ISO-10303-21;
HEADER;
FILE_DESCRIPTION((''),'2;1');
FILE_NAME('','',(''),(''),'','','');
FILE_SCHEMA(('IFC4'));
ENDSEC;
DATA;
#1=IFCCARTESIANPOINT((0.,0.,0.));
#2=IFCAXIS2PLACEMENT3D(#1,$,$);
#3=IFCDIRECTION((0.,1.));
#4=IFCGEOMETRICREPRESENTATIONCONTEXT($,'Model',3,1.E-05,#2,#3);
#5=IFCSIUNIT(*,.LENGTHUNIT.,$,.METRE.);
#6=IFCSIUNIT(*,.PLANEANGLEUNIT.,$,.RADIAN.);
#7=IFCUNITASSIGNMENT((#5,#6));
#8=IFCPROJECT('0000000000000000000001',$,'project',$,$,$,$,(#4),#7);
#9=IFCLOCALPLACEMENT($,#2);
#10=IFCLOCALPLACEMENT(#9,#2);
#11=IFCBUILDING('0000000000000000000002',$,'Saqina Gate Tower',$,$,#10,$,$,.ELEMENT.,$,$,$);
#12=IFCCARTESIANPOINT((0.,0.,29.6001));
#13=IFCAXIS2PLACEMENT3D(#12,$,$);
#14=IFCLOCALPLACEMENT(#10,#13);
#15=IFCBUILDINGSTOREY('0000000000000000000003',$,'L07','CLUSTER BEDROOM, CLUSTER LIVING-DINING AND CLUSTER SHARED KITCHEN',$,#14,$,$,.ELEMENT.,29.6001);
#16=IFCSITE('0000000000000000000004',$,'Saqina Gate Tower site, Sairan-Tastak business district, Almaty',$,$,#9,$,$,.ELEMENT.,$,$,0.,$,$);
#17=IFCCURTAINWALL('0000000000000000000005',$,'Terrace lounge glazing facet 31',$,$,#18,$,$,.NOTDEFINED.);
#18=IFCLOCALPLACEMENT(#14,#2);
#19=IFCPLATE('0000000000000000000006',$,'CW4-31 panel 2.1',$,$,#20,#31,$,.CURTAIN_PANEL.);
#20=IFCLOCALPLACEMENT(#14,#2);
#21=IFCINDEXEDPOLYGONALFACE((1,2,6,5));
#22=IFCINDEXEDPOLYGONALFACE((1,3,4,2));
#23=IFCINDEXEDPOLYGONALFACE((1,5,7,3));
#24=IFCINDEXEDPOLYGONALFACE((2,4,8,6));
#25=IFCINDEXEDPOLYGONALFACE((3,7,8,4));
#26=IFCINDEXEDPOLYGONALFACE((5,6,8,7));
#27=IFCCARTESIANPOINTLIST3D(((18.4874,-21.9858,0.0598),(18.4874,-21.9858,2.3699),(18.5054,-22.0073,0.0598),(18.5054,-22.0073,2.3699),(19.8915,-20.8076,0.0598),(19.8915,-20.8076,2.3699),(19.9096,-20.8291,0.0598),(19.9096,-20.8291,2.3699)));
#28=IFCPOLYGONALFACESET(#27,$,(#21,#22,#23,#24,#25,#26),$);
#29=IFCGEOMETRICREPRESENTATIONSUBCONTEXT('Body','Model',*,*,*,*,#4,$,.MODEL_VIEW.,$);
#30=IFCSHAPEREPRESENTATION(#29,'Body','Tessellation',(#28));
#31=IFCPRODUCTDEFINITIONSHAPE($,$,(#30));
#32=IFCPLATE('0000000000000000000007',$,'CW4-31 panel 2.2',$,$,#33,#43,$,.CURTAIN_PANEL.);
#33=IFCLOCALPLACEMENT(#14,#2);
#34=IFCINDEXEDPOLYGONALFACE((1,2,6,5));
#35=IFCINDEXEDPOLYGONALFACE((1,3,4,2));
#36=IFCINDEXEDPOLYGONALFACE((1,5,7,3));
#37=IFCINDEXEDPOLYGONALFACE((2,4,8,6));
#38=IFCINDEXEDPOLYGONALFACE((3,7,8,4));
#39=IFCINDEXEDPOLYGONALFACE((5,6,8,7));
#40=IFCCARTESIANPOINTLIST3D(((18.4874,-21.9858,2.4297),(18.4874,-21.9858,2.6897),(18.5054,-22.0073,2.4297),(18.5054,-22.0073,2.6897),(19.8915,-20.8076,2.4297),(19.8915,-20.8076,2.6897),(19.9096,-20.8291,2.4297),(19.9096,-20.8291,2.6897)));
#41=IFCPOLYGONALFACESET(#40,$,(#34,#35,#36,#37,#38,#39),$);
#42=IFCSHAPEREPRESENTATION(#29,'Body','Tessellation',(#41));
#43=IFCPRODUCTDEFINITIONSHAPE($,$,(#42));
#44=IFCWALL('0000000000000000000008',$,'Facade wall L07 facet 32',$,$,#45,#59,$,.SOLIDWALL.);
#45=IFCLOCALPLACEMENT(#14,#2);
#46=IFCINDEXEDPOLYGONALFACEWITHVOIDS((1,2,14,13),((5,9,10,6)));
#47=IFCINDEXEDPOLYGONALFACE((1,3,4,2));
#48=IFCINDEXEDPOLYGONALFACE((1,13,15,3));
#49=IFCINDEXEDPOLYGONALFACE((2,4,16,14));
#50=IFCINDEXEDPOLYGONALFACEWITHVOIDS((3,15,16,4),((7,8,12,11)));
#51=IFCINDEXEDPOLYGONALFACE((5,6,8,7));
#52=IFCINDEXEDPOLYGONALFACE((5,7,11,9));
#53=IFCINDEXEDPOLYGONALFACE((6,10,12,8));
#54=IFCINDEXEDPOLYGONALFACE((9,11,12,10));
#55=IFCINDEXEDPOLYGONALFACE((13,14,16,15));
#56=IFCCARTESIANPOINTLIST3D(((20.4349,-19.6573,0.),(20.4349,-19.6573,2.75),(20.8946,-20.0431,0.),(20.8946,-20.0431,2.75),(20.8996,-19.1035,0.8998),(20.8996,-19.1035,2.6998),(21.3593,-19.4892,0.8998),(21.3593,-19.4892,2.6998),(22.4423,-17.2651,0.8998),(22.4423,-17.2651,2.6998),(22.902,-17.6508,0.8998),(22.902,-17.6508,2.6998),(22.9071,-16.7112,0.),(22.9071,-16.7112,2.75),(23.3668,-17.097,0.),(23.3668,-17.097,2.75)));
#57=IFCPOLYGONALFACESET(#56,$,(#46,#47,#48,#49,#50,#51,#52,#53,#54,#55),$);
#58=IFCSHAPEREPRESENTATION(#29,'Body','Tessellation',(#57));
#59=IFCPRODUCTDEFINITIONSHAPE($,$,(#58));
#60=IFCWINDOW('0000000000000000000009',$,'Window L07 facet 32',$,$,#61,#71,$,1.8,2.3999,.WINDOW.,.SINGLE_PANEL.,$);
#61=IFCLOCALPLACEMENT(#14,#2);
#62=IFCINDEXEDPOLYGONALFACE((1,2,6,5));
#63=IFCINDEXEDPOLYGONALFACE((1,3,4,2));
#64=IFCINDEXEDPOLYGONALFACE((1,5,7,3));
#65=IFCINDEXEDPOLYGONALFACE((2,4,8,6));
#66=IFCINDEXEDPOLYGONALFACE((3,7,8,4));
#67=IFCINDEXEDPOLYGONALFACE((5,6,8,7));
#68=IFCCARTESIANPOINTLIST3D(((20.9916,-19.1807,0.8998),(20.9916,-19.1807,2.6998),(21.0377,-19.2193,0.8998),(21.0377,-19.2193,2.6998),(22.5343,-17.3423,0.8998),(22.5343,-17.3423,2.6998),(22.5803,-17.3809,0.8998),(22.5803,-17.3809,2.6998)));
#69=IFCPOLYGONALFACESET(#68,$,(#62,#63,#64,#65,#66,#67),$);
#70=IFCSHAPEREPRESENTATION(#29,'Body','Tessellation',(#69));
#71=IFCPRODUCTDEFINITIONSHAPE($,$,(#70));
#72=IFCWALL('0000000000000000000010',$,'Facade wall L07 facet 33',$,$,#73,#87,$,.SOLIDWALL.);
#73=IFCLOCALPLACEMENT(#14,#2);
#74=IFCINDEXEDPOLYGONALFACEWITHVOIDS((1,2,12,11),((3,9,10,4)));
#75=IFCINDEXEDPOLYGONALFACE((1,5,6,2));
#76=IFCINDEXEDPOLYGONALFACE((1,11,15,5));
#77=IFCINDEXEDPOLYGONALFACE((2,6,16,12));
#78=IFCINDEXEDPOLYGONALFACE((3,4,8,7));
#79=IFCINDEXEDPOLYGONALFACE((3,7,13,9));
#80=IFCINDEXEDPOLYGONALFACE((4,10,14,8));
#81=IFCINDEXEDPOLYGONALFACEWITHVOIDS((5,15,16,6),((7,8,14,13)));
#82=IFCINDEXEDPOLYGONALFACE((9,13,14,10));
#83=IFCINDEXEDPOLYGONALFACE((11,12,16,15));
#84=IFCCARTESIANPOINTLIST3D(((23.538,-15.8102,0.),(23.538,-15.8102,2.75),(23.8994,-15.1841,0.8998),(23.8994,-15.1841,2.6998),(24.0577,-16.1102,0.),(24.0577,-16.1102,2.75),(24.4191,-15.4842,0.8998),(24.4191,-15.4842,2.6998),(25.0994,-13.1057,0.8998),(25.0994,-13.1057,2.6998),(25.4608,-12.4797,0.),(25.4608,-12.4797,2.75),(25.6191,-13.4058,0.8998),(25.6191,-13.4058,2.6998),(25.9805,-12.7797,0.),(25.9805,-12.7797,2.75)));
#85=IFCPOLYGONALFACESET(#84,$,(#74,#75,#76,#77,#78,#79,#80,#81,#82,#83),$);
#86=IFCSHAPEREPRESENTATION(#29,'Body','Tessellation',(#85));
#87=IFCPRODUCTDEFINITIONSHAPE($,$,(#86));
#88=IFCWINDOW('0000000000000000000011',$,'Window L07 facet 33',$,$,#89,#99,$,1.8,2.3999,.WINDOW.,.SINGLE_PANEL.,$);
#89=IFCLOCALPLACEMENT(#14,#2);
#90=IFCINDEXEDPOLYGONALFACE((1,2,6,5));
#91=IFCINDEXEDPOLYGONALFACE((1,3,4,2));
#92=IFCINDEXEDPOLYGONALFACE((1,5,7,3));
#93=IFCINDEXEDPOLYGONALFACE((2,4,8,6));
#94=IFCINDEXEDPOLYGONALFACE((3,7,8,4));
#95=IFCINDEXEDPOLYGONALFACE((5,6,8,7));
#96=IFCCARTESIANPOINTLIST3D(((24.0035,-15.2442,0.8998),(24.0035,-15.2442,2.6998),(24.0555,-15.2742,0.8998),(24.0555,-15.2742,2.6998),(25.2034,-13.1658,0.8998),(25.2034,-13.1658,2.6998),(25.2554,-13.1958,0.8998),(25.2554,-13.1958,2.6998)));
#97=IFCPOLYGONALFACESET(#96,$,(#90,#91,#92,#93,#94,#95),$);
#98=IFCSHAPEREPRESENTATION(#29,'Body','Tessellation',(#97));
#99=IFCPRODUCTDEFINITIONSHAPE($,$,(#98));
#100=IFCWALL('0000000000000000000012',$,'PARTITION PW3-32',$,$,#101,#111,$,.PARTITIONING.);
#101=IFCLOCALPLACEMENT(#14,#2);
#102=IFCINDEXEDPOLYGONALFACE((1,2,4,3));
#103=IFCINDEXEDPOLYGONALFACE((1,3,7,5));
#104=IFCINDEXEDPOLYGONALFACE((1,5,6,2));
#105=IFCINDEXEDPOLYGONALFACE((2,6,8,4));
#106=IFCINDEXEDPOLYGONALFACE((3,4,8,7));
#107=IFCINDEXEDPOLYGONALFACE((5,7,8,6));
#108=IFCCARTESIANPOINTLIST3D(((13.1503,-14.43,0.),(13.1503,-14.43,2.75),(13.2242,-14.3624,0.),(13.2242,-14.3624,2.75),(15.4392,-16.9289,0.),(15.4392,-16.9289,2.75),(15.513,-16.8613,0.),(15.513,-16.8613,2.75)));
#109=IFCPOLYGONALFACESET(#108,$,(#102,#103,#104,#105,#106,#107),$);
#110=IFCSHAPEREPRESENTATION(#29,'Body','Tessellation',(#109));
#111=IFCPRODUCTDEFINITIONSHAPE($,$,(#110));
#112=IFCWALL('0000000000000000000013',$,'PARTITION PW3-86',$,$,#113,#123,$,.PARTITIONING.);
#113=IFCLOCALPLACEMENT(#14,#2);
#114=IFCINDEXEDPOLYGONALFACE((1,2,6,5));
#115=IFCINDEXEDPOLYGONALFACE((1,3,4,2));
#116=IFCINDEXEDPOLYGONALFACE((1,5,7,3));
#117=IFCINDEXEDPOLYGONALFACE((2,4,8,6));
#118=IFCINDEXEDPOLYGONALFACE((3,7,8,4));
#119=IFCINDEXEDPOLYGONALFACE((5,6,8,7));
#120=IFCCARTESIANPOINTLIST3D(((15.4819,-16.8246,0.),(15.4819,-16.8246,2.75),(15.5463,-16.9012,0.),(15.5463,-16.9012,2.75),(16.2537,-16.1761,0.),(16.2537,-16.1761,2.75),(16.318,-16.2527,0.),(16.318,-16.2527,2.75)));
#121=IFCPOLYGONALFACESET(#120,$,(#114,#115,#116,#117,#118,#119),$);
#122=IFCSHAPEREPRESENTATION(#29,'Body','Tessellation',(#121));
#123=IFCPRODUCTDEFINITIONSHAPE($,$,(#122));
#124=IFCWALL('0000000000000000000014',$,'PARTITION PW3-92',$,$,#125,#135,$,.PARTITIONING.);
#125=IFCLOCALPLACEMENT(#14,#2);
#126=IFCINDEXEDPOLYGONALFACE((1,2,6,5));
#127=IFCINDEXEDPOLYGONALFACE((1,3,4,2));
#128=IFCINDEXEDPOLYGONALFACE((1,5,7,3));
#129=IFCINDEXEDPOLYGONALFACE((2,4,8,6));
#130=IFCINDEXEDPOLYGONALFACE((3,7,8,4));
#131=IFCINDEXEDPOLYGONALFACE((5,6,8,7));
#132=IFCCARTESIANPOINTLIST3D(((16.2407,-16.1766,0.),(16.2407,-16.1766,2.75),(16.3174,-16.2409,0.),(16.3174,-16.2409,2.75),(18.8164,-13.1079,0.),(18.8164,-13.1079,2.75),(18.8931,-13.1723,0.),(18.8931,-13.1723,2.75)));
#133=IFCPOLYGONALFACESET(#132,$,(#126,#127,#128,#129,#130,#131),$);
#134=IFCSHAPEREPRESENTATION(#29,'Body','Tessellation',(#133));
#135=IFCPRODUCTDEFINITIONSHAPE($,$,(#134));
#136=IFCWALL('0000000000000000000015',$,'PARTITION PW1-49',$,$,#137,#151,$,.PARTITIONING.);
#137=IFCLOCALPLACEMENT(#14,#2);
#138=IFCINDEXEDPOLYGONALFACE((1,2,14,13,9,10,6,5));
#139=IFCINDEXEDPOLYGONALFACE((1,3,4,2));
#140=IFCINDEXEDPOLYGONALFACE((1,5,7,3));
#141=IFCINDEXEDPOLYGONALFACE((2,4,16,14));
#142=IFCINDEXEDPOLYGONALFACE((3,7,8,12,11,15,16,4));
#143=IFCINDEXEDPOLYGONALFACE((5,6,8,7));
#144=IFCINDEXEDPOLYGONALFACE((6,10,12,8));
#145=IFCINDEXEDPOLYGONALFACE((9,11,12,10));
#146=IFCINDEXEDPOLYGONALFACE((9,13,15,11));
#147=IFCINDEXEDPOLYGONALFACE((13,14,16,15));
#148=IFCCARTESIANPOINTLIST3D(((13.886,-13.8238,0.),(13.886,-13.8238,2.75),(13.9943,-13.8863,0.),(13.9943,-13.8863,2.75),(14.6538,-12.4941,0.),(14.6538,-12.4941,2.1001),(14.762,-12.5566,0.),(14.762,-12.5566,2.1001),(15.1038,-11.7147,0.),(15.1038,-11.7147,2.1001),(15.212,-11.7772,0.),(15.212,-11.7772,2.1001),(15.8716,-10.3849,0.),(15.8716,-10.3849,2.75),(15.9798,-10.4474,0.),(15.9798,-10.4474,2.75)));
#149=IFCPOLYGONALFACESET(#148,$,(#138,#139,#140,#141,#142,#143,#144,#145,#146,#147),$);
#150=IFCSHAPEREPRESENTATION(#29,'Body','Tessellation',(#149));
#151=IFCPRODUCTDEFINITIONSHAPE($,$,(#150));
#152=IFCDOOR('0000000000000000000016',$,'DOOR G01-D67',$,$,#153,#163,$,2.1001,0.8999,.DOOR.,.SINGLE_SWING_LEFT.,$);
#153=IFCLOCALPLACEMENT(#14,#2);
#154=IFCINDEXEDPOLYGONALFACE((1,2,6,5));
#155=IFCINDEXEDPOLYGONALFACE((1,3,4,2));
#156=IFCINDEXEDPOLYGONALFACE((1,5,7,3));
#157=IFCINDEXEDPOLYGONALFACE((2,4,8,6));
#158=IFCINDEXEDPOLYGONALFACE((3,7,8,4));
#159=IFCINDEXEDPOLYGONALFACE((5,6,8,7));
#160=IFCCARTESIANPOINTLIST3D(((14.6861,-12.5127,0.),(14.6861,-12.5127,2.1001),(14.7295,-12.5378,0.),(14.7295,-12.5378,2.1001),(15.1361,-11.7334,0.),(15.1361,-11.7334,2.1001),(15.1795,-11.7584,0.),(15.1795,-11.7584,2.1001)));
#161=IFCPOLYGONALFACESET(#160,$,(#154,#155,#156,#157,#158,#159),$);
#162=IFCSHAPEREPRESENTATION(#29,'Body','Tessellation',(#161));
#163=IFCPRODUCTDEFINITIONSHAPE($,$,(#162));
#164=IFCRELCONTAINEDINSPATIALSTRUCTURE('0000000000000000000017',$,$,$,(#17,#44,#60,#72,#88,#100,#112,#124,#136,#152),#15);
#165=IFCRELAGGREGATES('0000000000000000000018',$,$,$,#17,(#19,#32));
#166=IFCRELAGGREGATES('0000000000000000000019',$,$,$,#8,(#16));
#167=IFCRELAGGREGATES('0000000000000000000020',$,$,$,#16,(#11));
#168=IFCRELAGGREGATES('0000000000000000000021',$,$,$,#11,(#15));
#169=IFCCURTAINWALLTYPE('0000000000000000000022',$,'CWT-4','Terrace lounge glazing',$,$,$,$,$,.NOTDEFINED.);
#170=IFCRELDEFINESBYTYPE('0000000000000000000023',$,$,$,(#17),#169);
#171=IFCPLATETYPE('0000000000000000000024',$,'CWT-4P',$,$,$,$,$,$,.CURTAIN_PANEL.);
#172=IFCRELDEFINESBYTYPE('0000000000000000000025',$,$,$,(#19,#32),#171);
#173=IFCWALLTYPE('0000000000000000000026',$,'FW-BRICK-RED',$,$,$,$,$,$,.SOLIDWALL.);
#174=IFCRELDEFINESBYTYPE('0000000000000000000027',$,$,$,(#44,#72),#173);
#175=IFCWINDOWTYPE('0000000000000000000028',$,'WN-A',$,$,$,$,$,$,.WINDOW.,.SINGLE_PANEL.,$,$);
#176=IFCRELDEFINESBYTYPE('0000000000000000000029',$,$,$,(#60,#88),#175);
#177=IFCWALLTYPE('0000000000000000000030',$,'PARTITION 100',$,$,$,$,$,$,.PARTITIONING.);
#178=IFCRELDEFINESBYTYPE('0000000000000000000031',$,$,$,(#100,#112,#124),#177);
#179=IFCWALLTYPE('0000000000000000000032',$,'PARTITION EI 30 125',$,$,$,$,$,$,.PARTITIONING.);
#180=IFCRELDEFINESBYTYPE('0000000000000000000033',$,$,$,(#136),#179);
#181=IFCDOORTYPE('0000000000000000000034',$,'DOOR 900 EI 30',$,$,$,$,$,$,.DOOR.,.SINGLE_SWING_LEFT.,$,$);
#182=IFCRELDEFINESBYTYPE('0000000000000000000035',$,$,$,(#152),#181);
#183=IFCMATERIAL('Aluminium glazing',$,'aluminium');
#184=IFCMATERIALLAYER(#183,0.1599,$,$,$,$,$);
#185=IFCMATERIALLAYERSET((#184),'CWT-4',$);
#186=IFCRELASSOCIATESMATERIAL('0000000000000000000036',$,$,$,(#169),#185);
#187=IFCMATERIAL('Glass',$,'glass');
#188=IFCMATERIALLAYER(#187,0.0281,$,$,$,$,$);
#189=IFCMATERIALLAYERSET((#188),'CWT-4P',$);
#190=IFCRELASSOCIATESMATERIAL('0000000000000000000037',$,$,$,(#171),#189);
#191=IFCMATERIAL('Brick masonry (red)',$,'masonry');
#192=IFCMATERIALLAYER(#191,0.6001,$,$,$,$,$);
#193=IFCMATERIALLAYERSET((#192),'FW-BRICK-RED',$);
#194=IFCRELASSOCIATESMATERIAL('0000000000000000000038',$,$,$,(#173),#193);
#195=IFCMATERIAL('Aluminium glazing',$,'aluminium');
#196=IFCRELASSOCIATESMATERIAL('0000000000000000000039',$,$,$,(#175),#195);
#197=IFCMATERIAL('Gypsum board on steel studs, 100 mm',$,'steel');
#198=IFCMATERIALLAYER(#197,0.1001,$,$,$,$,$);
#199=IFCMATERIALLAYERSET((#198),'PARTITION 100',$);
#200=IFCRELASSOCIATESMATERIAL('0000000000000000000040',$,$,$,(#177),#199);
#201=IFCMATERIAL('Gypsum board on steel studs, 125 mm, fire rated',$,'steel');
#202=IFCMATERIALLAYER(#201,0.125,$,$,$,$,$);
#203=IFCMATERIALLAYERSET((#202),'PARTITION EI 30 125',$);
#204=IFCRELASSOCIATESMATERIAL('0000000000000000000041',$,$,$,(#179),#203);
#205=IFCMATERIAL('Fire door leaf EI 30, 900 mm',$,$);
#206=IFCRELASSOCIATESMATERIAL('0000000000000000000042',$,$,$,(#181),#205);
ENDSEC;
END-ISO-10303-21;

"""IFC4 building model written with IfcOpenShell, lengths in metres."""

from ifc_helpers import new_model, si_unit, direction, frame, frame_2d, origin, origin_2d, place, context, subcontext, project, spatial, rectangle, extrude, material, layer, layer_set, type_object, element, fill, aggregate, save


model = new_model("IFC4")

# Units and contexts
model_context = context("Model", 3, precision=1e-05, world=origin(), true_north=direction((0.0, 1.0)))
body_context = subcontext(model_context, "Body", "Model", "MODEL_VIEW")
ifc_project = project(units=[si_unit("LENGTHUNIT", "METRE"), si_unit("PLANEANGLEUNIT", "RADIAN")], contexts=[model_context])

# Site, building, storey
site_placement = place(None, origin())
site = spatial("IfcSite", under=ifc_project, at=site_placement, Name="Saqina Gate Tower site, Sairan-Tastak business district, Almaty", CompositionType="ELEMENT", RefElevation=0.0)
building_placement = place(site_placement, origin())
building = spatial("IfcBuilding", under=site, at=building_placement, Name="Saqina Gate Tower", CompositionType="ELEMENT")
storey_placement = place(building_placement, frame((0.0, 0.0, 29.6001)))
storey = spatial("IfcBuildingStorey", under=building, at=storey_placement, Name="L07", Description="CLUSTER BEDROOM, CLUSTER LIVING-DINING AND CLUSTER SHARED KITCHEN", CompositionType="ELEMENT", Elevation=29.6001)

# Curtain wall, plates
ifc_material_1 = material(Name="Aluminium glazing", Category="aluminium")
ifc_layer_1 = layer(ifc_material_1, 0.1599)
ifc_layer_set_1 = layer_set([ifc_layer_1], Name="CWT-4")
curtain_wall_type = type_object("IfcCurtainWallType", Name="CWT-4", Description="Terrace lounge glazing", PredefinedType="NOTDEFINED", material=ifc_layer_set_1)
curtain_wall_placement = place(storey_placement, origin())
curtain_wall = element("IfcCurtainWall", 1, at=curtain_wall_placement, inside=storey, type_object=curtain_wall_type, Name="Terrace lounge glazing facet 31", PredefinedType="NOTDEFINED")
ifc_material_2 = material(Name="Glass", Category="glass")
ifc_layer_2 = layer(ifc_material_2, 0.0281)
ifc_layer_set_2 = layer_set([ifc_layer_2], Name="CWT-4P")
plate_type = type_object("IfcPlateType", Name="CWT-4P", PredefinedType="CURTAIN_PANEL", material=ifc_layer_set_2)
plate_1_placement = place(storey_placement, frame((19.1985, -21.4075, 0.0598), z_axis=(0.0, 0.0, 1.0), x_axis=(0.766041, 0.642792, 0.0)))
plate_1 = element("IfcPlate", 2, at=plate_1_placement, type_object=plate_type, Name="CW4-31 panel 2.1", PredefinedType="CURTAIN_PANEL", context=body_context, shape_type="SweptSolid", body=[
    extrude(rectangle(XDim=1.833, YDim=0.0281, at=origin_2d()), origin(), (0.0, 0.0, 1.0), 2.3101),
])
plate_2_placement = place(storey_placement, frame((19.1985, -21.4075, 2.4297), z_axis=(0.0, 0.0, 1.0), x_axis=(0.766041, 0.642792, 0.0)))
plate_2 = element("IfcPlate", 3, at=plate_2_placement, type_object=plate_type, Name="CW4-31 panel 2.2", PredefinedType="CURTAIN_PANEL", context=body_context, shape_type="SweptSolid", body=[
    extrude(rectangle(XDim=1.833, YDim=0.0281, at=origin_2d()), origin(), (0.0, 0.0, 1.0), 0.26),
])
aggregate(curtain_wall, [plate_1, plate_2])

# Walls, openings, windows
ifc_material_3 = material(Name="Brick masonry (red)", Category="masonry")
ifc_layer_3 = layer(ifc_material_3, 0.6001)
ifc_layer_set_3 = layer_set([ifc_layer_3], Name="FW-BRICK-RED")
wall_type_1 = type_object("IfcWallType", Name="FW-BRICK-RED", PredefinedType="SOLIDWALL", material=ifc_layer_set_3)
wall_1_placement = place(storey_placement, frame((20.6648, -19.8501, 0.0), z_axis=(0.0, 0.0, 1.0), x_axis=(0.642809, 0.766026, 0.0)))
wall_1 = element("IfcWall", 4, at=wall_1_placement, inside=storey, type_object=wall_type_1, Name="Facade wall L07 facet 32", PredefinedType="SOLIDWALL", context=body_context, shape_type="SweptSolid", body=[
    extrude(rectangle(XDim=3.8459, YDim=0.6001, at=frame_2d((1.9229, 0.0))), origin(), (0.0, 0.0, 1.0), 2.75),
])
opening_1_placement = place(wall_1_placement, frame((0.7229, 0.0, 0.8999)))
opening_1 = element("IfcOpeningElement", 5, at=opening_1_placement, cuts=wall_1, PredefinedType="OPENING", context=body_context, shape_type="SweptSolid", body=[
    extrude(rectangle(XDim=2.3999, YDim=1.8, at=frame_2d((1.2, 0.8999))), frame((0.0, 0.312, 0.0), z_axis=(0.0, -1.0, 0.0), x_axis=(1.0, 0.0, 0.0)), (0.0, 0.0, 1.0), 0.624),
])
ifc_material_4 = material(Name="Aluminium glazing", Category="aluminium")
window_type = type_object("IfcWindowType", Name="WN-A", PartitioningType="SINGLE_PANEL", PredefinedType="WINDOW", material=ifc_material_4)
window_1_placement = place(opening_1_placement, origin())
window_1 = element("IfcWindow", 6, at=window_1_placement, inside=storey, type_object=window_type, Name="Window L07 facet 32", OverallHeight=1.8, OverallWidth=2.3999, PartitioningType="SINGLE_PANEL", PredefinedType="WINDOW", context=body_context, shape_type="SweptSolid", body=[
    extrude(rectangle(XDim=2.3999, YDim=1.8, at=frame_2d((1.2, 0.8999))), frame((0.0, 0.1799, 0.0), z_axis=(0.0, -1.0, 0.0), x_axis=(1.0, 0.0, 0.0)), (0.0, 0.0, 1.0), 0.0601),
])
fill(opening_1, window_1)
wall_2_placement = place(storey_placement, frame((23.7979, -15.9602, 0.0), z_axis=(0.0, 0.0, 1.0), x_axis=(0.49999, 0.866031, 0.0)))
wall_2 = element("IfcWall", 7, at=wall_2_placement, inside=storey, type_object=wall_type_1, Name="Facade wall L07 facet 33", PredefinedType="SOLIDWALL", context=body_context, shape_type="SweptSolid", body=[
    extrude(rectangle(XDim=3.8457, YDim=0.6001, at=frame_2d((1.9229, 0.0))), origin(), (0.0, 0.0, 1.0), 2.75),
])
opening_2_placement = place(wall_2_placement, frame((0.7229, 0.0, 0.8999)))
opening_2 = element("IfcOpeningElement", 8, at=opening_2_placement, cuts=wall_2, PredefinedType="OPENING", context=body_context, shape_type="SweptSolid", body=[
    extrude(rectangle(XDim=2.3999, YDim=1.8, at=frame_2d((1.2, 0.8999))), frame((0.0, 0.312, 0.0), z_axis=(0.0, -1.0, 0.0), x_axis=(1.0, 0.0, 0.0)), (0.0, 0.0, 1.0), 0.624),
])
window_2_placement = place(opening_2_placement, origin())
window_2 = element("IfcWindow", 9, at=window_2_placement, inside=storey, type_object=window_type, Name="Window L07 facet 33", OverallHeight=1.8, OverallWidth=2.3999, PartitioningType="SINGLE_PANEL", PredefinedType="WINDOW", context=body_context, shape_type="SweptSolid", body=[
    extrude(rectangle(XDim=2.3999, YDim=1.8, at=frame_2d((1.2, 0.8999))), frame((0.0, 0.1799, 0.0), z_axis=(0.0, -1.0, 0.0), x_axis=(1.0, 0.0, 0.0)), (0.0, 0.0, 1.0), 0.0601),
])
fill(opening_2, window_2)

# Walls
ifc_material_5 = material(Name="Gypsum board on steel studs, 100 mm", Category="steel")
ifc_layer_4 = layer(ifc_material_5, 0.1001)
ifc_layer_set_4 = layer_set([ifc_layer_4], Name="PARTITION 100")
wall_type_2 = type_object("IfcWallType", Name="PARTITION 100", PredefinedType="PARTITIONING", material=ifc_layer_set_4)
wall_3_placement = place(storey_placement, frame((13.1873, -14.3962, 0.0), z_axis=(0.0, 0.0, 1.0), x_axis=(0.675447, -0.737408, 0.0)))
element("IfcWall", 10, at=wall_3_placement, inside=storey, type_object=wall_type_2, Name="PARTITION PW3-32", PredefinedType="PARTITIONING", context=body_context, shape_type="SweptSolid", body=[
    extrude(rectangle(XDim=3.3887, YDim=0.1001, at=frame_2d((1.6943, 0.0))), origin(), (0.0, 0.0, 1.0), 2.75),
])
wall_4_placement = place(storey_placement, frame((15.5142, -16.8628, 0.0), z_axis=(0.0, 0.0, 1.0), x_axis=(0.765614, 0.6433, 0.0)))
element("IfcWall", 11, at=wall_4_placement, inside=storey, type_object=wall_type_2, Name="PARTITION PW3-86", PredefinedType="PARTITIONING", context=body_context, shape_type="SweptSolid", body=[
    extrude(rectangle(XDim=1.0081, YDim=0.1001, at=frame_2d((0.5039, 0.0))), origin(), (0.0, 0.0, 1.0), 2.75),
])
wall_5_placement = place(storey_placement, frame((16.2791, -16.2087, 0.0), z_axis=(0.0, 0.0, 1.0), x_axis=(0.642908, 0.765944, 0.0)))
element("IfcWall", 12, at=wall_5_placement, inside=storey, type_object=wall_type_2, Name="PARTITION PW3-92", PredefinedType="PARTITIONING", context=body_context, shape_type="SweptSolid", body=[
    extrude(rectangle(XDim=4.0063, YDim=0.1001, at=frame_2d((2.0032, 0.0))), origin(), (0.0, 0.0, 1.0), 2.75),
])

# Wall, opening, door
ifc_material_6 = material(Name="Gypsum board on steel studs, 125 mm, fire rated", Category="steel")
ifc_layer_5 = layer(ifc_material_6, 0.125)
ifc_layer_set_5 = layer_set([ifc_layer_5], Name="PARTITION EI 30 125")
wall_type_3 = type_object("IfcWallType", Name="PARTITION EI 30 125", PredefinedType="PARTITIONING", material=ifc_layer_set_5)
wall_6_placement = place(storey_placement, frame((13.9402, -13.855, 0.0), z_axis=(0.0, 0.0, 1.0), x_axis=(0.50002, 0.866014, 0.0)))
wall_6 = element("IfcWall", 13, at=wall_6_placement, inside=storey, type_object=wall_type_3, Name="PARTITION PW1-49", PredefinedType="PARTITIONING", context=body_context, shape_type="SweptSolid", body=[
    extrude(rectangle(XDim=3.9709, YDim=0.125, at=frame_2d((1.9854, 0.0))), origin(), (0.0, 0.0, 1.0), 2.75),
])
opening_3_placement = place(wall_6_placement, frame((1.5354, 0.0, 0.0)))
opening_3 = element("IfcOpeningElement", 14, at=opening_3_placement, cuts=wall_6, PredefinedType="OPENING", context=body_context, shape_type="SweptSolid", body=[
    extrude(rectangle(XDim=0.8999, YDim=2.1001, at=frame_2d((0.45, 1.05))), frame((0.0, 0.0745, 0.0), z_axis=(0.0, -1.0, 0.0), x_axis=(1.0, 0.0, 0.0)), (0.0, 0.0, 1.0), 0.1489),
])
ifc_material_7 = material(Name="Fire door leaf EI 30, 900 mm")
door_type = type_object("IfcDoorType", Name="DOOR 900 EI 30", OperationType="SINGLE_SWING_LEFT", PredefinedType="DOOR", material=ifc_material_7)
door_placement = place(opening_3_placement, frame((0.8999, 0.0, 0.0), z_axis=(0.0, 0.0, 1.0), x_axis=(-1.0, 0.0, 0.0)))
door = element("IfcDoor", 15, at=door_placement, inside=storey, type_object=door_type, Name="DOOR G01-D67", OperationType="SINGLE_SWING_LEFT", OverallHeight=2.1001, OverallWidth=0.8999, PredefinedType="DOOR", context=body_context, shape_type="SweptSolid", body=[
    extrude(rectangle(XDim=0.8999, YDim=2.1001, at=frame_2d((0.45, 1.05))), frame((0.0, 0.0249, 0.0), z_axis=(0.0, -1.0, 0.0), x_axis=(1.0, 0.0, 0.0)), (0.0, 0.0, 1.0), 0.05),
])
fill(opening_3, door)

save(model, "model.ifc")
